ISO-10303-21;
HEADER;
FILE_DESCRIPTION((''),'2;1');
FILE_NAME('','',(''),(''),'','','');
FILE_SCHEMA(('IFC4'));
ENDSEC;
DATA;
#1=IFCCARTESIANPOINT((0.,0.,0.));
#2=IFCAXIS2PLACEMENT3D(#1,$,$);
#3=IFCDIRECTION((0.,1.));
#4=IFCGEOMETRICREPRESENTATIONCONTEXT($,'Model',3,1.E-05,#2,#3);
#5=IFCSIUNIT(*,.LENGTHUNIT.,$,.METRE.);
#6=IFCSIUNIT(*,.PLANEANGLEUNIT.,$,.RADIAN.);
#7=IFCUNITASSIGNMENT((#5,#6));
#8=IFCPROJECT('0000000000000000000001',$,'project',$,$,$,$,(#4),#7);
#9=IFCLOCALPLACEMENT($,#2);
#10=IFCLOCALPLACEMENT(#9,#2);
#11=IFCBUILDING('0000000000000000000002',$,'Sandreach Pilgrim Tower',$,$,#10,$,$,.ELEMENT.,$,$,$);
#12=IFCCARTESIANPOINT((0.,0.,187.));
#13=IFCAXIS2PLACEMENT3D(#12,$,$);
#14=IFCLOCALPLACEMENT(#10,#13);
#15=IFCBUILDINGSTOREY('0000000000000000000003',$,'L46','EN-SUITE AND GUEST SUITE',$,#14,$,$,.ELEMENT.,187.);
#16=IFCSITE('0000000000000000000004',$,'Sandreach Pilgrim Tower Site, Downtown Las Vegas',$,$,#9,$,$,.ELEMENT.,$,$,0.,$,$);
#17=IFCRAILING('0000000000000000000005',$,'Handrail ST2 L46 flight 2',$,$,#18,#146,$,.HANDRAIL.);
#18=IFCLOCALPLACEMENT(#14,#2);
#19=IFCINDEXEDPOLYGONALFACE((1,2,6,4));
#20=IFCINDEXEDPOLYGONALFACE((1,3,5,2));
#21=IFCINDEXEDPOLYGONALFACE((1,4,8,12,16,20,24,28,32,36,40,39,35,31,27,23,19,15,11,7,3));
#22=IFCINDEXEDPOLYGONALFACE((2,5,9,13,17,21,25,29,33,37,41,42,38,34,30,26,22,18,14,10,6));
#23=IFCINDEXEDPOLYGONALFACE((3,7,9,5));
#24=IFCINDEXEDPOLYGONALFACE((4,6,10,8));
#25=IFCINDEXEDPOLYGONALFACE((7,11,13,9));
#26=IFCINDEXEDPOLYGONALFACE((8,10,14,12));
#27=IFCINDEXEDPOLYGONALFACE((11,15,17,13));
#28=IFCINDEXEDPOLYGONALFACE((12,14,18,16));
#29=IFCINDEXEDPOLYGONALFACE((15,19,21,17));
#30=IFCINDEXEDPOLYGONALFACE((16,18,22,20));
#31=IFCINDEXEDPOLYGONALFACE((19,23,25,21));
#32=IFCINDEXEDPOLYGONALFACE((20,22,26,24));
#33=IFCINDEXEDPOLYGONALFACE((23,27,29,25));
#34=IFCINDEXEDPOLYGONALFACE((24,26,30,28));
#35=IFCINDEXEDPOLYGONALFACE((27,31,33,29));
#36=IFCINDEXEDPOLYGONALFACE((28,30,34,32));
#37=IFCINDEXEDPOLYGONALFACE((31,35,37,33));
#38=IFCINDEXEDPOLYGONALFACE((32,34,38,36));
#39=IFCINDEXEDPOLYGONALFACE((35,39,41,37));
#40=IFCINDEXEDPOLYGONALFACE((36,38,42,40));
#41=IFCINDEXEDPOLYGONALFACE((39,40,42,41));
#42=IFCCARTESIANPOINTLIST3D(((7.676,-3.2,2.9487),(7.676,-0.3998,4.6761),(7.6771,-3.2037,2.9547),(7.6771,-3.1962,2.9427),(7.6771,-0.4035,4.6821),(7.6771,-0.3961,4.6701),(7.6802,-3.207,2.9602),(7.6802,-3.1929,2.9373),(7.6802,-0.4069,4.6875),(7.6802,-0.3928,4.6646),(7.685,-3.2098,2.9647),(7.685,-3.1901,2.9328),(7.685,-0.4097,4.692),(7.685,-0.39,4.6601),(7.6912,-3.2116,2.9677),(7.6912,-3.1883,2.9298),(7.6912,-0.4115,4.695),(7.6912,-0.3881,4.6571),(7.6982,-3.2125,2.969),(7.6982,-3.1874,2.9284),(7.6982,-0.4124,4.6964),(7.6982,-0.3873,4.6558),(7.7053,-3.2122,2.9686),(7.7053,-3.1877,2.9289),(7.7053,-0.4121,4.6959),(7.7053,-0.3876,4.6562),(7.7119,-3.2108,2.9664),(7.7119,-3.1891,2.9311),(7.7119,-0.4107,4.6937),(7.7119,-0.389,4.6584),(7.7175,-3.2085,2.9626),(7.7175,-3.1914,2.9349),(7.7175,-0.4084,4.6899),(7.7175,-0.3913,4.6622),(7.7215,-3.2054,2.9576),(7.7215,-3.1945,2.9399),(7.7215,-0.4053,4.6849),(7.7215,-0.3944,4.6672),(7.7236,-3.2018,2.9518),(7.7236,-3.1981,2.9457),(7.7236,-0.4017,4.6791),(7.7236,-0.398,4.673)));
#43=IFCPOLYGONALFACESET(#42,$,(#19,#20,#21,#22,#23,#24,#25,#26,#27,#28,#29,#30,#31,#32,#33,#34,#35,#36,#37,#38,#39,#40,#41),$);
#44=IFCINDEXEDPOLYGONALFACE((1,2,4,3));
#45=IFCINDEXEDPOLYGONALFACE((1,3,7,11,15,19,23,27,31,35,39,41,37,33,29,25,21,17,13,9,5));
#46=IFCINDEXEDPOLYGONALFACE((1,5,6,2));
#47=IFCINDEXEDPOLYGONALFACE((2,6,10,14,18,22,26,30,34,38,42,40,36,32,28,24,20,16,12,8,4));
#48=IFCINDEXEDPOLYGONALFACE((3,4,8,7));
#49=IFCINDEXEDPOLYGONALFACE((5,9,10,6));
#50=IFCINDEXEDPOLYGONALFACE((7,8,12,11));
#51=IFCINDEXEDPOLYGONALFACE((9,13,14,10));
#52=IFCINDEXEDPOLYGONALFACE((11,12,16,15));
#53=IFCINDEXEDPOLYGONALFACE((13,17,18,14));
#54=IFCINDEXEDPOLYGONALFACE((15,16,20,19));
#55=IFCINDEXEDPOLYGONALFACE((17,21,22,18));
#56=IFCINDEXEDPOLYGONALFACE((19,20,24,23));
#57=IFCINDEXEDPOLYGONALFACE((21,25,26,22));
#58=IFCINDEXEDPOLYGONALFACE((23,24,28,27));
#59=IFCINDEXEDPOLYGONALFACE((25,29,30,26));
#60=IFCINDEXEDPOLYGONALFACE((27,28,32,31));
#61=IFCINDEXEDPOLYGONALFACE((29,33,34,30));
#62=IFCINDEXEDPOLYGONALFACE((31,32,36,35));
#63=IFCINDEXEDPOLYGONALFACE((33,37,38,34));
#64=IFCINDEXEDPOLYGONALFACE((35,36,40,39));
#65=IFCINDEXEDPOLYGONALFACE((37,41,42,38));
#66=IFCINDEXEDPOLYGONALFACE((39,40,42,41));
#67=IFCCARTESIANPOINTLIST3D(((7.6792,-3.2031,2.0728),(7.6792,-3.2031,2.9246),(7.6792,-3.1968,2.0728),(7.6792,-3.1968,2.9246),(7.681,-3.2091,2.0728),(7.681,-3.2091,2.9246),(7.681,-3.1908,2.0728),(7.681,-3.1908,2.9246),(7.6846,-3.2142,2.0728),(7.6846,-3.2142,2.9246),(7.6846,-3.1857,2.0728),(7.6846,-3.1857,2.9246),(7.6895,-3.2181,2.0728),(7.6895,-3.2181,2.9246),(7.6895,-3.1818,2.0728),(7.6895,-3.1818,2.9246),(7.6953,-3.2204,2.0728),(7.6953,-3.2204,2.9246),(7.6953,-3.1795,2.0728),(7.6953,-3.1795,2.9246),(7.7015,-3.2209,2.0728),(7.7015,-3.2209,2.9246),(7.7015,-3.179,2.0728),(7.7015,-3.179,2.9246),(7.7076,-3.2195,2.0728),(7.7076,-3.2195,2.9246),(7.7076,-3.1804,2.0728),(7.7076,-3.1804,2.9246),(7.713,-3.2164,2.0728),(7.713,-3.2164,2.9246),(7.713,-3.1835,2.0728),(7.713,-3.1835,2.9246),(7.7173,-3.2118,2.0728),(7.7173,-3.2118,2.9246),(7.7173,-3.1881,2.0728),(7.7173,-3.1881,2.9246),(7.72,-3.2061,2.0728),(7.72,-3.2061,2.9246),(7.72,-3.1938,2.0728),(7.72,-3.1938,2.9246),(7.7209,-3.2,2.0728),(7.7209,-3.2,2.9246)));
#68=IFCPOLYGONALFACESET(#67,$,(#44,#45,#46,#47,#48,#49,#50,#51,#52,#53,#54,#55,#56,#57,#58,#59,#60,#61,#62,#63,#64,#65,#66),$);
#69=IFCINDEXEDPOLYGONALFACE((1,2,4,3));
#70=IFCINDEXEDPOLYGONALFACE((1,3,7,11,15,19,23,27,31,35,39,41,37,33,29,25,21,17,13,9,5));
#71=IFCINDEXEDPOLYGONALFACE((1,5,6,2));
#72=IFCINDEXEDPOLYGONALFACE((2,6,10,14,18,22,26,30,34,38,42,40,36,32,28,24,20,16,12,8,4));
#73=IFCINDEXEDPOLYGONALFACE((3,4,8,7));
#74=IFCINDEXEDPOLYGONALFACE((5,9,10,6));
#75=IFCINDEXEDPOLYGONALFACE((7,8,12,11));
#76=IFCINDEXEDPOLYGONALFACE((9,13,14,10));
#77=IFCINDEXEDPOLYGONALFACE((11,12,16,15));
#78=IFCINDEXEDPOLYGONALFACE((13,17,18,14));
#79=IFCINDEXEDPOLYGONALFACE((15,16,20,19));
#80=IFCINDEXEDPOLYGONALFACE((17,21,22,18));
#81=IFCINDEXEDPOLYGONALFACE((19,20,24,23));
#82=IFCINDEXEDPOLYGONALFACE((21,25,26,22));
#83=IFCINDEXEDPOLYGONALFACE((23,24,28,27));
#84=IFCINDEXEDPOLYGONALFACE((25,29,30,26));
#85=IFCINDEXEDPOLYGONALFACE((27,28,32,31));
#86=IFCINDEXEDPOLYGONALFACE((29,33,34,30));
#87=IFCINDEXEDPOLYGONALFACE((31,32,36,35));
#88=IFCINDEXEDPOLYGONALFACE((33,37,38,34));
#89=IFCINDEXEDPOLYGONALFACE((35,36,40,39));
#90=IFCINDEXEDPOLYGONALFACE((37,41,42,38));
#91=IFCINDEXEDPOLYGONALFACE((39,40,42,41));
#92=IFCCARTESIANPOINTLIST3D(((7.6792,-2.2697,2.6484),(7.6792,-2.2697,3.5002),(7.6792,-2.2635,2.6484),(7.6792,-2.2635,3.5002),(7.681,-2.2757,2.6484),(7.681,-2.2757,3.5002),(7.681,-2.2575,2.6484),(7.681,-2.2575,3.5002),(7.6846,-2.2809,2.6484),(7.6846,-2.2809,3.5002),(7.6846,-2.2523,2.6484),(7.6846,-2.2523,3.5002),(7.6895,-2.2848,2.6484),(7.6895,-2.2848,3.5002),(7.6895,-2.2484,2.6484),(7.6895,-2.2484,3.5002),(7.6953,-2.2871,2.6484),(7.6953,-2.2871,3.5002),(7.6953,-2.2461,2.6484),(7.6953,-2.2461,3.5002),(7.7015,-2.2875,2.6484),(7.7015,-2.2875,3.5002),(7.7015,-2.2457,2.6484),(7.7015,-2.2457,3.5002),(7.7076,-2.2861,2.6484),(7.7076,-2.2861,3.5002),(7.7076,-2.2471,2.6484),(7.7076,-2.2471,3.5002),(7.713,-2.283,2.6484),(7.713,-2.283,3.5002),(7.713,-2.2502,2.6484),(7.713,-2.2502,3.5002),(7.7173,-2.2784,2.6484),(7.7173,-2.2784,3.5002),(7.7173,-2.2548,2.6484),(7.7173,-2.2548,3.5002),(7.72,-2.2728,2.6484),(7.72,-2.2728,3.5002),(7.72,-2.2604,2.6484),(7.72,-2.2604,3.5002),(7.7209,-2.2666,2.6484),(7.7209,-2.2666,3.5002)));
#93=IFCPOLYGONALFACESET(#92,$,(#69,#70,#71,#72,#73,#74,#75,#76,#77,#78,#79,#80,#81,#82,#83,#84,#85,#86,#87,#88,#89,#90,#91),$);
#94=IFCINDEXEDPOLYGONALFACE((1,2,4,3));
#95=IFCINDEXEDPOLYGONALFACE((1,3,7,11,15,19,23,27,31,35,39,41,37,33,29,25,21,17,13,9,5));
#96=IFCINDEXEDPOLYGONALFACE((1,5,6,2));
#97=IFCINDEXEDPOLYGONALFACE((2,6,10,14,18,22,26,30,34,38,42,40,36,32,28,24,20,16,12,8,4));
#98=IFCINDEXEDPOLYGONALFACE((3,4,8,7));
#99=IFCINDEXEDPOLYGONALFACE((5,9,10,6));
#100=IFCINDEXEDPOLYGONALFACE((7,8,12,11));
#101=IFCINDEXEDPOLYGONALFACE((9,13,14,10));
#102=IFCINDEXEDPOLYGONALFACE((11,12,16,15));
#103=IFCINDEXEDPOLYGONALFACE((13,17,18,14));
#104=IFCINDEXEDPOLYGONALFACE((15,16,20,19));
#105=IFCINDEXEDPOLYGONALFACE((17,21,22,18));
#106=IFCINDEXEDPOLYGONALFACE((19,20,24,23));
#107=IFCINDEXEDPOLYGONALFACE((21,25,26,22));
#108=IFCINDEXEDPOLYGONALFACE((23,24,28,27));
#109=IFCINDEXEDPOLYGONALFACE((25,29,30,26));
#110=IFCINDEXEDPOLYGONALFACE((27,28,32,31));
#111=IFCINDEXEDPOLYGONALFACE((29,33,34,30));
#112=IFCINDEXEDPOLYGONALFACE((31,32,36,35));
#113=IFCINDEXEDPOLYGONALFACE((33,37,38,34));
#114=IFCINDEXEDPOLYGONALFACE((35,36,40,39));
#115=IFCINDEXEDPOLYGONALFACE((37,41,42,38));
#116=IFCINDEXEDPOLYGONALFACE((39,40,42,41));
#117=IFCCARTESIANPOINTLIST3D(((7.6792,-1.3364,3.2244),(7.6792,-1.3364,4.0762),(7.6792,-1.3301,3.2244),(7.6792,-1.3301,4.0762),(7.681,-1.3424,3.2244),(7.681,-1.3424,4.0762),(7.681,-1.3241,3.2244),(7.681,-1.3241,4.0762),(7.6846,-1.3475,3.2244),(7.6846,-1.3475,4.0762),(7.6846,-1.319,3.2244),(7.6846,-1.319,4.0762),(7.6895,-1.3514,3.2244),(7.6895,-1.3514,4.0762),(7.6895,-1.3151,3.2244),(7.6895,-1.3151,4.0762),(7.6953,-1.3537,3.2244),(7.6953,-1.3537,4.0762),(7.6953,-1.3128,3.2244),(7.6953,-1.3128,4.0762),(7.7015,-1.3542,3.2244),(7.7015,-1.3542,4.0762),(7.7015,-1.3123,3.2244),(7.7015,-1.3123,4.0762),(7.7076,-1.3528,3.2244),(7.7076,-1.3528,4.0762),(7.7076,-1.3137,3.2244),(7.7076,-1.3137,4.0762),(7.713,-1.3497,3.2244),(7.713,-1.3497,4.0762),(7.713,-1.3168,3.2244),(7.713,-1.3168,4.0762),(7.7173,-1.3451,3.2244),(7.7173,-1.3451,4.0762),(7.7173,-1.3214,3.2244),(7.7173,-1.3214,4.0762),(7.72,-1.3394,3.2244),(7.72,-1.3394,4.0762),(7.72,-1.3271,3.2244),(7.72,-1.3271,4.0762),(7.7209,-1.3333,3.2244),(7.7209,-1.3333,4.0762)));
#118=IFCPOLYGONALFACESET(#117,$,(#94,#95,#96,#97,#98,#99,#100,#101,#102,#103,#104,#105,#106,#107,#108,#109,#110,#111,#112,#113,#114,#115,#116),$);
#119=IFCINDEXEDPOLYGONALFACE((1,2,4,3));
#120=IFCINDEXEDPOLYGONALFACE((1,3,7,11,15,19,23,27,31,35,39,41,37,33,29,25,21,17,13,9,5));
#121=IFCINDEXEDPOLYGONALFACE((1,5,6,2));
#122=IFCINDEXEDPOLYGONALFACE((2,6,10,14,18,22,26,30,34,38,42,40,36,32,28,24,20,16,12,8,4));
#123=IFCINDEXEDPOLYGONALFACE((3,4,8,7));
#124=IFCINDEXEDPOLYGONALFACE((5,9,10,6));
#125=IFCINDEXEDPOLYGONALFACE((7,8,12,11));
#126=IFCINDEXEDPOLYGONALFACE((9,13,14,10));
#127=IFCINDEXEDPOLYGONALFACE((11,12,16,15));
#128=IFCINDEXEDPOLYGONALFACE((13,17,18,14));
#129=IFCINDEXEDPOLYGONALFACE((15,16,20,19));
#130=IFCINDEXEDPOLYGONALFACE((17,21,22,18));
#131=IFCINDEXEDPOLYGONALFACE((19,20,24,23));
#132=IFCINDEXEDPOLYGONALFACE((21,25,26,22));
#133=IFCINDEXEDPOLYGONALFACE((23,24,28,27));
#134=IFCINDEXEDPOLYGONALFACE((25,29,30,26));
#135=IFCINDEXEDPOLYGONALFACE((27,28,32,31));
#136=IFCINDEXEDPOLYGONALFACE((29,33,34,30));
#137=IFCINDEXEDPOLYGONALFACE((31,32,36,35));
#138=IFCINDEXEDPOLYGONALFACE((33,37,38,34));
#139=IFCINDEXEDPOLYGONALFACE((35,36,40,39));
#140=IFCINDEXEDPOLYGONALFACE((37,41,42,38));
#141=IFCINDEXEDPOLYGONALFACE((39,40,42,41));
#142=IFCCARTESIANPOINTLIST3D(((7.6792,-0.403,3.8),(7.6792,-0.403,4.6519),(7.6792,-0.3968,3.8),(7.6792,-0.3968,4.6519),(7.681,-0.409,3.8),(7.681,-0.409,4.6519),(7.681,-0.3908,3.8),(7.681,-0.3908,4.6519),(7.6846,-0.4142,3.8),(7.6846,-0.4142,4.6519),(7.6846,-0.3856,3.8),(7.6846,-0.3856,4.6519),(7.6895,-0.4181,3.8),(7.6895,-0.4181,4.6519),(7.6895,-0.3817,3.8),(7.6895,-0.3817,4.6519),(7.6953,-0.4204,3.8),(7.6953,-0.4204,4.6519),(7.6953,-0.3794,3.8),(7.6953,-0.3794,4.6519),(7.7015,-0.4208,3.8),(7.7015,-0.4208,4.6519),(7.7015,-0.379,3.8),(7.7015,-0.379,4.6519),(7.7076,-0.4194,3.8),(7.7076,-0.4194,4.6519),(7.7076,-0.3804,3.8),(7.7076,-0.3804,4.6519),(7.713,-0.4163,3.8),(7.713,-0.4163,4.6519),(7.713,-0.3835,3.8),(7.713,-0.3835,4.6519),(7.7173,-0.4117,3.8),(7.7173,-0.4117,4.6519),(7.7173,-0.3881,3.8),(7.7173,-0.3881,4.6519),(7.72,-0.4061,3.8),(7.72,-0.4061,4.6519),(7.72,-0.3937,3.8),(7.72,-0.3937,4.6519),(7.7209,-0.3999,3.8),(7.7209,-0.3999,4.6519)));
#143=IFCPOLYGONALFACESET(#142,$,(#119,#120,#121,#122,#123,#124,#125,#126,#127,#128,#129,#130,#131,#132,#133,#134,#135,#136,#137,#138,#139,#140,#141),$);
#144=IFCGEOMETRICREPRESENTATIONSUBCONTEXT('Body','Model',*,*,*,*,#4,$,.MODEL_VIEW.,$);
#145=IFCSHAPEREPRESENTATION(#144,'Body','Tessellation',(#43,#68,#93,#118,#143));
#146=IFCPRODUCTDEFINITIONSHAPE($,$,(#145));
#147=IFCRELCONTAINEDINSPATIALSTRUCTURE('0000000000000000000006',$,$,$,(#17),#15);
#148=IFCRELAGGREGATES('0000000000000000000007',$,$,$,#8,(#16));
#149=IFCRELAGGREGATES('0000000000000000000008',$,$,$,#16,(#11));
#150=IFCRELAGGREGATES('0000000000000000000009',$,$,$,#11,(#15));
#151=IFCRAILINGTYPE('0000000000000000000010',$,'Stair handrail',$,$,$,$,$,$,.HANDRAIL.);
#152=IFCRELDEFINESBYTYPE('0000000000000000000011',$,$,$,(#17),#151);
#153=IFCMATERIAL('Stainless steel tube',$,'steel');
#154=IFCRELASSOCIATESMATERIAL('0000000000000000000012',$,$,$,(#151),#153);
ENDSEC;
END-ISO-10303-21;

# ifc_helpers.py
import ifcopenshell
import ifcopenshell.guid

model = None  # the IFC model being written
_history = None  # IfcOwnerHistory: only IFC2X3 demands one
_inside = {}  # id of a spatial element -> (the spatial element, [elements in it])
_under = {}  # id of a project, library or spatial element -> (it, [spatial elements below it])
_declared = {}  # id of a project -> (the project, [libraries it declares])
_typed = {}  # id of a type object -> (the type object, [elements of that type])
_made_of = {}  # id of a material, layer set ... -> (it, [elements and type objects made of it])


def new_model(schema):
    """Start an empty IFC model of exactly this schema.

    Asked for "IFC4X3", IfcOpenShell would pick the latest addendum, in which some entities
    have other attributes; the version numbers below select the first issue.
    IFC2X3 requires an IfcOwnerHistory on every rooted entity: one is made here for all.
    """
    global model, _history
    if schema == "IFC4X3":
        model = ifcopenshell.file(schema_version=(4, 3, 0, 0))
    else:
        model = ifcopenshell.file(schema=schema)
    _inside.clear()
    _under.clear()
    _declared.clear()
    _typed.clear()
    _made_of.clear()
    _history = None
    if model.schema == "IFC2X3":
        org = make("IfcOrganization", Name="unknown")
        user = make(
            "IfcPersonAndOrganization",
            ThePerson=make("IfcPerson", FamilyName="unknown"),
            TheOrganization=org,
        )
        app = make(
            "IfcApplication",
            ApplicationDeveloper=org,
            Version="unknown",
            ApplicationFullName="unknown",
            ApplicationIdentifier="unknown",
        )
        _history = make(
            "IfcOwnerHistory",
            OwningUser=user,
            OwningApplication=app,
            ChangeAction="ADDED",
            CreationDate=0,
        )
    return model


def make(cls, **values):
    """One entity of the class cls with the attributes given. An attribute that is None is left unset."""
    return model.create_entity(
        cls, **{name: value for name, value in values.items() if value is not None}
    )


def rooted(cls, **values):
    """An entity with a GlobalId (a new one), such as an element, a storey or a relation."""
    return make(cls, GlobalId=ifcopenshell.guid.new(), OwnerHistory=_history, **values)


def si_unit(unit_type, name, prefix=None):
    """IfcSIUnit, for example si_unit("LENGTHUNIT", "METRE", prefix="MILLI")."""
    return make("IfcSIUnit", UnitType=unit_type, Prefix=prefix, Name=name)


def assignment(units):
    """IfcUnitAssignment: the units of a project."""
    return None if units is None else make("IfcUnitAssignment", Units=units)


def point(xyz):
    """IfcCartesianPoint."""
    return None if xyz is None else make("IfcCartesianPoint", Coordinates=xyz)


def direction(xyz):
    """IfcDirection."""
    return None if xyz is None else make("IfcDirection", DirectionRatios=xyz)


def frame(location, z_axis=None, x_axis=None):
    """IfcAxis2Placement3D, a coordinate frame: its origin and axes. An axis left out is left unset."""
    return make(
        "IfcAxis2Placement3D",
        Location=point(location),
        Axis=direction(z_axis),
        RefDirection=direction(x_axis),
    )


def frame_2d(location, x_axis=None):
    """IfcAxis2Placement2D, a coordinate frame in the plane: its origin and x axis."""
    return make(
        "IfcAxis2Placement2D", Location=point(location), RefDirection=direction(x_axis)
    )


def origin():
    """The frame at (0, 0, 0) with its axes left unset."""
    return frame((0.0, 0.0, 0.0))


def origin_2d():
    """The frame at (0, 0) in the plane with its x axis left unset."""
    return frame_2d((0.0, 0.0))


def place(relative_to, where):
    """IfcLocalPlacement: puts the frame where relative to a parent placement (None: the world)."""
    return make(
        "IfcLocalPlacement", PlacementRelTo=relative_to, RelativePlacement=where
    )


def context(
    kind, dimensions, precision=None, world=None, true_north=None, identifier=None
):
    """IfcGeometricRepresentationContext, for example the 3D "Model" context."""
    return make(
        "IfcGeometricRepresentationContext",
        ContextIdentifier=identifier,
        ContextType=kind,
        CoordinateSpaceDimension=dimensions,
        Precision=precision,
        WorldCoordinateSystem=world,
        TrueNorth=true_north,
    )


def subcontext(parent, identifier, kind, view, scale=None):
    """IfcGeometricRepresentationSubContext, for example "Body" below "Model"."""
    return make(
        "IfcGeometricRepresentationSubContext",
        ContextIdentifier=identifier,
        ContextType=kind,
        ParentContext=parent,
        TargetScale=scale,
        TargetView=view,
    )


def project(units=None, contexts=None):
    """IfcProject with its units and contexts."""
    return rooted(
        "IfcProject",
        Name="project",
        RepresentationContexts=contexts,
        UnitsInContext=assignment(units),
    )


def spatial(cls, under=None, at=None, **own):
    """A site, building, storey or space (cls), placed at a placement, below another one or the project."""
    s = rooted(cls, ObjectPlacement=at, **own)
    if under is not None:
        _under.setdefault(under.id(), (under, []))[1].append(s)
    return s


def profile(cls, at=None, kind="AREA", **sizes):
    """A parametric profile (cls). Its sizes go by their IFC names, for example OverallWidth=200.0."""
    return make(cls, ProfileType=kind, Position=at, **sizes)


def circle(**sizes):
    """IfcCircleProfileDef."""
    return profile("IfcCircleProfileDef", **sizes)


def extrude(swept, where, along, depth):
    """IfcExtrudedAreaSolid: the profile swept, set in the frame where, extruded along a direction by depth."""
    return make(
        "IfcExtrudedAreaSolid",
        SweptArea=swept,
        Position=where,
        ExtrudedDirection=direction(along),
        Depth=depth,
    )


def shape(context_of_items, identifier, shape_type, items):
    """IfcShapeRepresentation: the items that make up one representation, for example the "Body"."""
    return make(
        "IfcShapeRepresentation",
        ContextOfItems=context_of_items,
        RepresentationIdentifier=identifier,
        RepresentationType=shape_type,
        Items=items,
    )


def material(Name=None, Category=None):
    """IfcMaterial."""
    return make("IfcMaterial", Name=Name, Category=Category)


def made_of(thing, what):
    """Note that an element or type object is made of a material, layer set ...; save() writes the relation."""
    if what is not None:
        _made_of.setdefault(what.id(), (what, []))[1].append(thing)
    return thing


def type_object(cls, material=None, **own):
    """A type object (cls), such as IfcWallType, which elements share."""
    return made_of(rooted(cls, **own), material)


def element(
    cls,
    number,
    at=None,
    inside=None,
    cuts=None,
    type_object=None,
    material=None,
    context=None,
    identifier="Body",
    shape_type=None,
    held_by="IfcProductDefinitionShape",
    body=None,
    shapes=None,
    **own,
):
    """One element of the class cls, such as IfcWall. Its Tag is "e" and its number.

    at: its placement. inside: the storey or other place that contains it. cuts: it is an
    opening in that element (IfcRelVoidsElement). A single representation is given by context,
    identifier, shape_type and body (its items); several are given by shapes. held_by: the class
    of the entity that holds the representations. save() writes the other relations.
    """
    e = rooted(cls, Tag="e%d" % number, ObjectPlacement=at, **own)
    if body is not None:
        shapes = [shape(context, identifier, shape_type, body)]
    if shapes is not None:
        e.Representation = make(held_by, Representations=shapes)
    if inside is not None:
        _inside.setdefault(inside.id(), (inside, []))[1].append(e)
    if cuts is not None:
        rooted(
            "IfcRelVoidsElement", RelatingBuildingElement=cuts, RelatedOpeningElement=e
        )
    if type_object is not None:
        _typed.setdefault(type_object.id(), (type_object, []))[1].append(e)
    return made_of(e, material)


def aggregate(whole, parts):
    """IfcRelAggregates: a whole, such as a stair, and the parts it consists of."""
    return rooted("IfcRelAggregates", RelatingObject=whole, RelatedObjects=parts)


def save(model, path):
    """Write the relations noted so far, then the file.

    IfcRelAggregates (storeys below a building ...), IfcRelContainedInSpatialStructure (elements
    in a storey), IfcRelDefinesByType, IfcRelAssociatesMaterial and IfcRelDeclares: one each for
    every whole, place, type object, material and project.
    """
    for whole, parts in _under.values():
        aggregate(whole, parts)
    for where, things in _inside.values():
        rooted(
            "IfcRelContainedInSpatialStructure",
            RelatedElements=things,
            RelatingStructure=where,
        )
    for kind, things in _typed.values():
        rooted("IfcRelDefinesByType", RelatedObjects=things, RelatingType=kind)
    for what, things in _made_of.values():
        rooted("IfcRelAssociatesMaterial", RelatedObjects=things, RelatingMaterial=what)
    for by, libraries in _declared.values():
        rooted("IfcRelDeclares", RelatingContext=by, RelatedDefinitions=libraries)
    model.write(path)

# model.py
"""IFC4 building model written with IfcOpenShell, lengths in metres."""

from ifc_helpers import new_model, si_unit, direction, frame, origin, origin_2d, place, context, subcontext, project, spatial, circle, extrude, material, type_object, element, save


model = new_model("IFC4")

# Units and contexts
model_context = context("Model", 3, precision=1e-05, world=origin(), true_north=direction((0.0, 1.0)))
body_context = subcontext(model_context, "Body", "Model", "MODEL_VIEW")
ifc_project = project(units=[si_unit("LENGTHUNIT", "METRE"), si_unit("PLANEANGLEUNIT", "RADIAN")], contexts=[model_context])

# Site, building, storey
site_placement = place(None, origin())
site = spatial("IfcSite", under=ifc_project, at=site_placement, Name="Sandreach Pilgrim Tower Site, Downtown Las Vegas", CompositionType="ELEMENT", RefElevation=0.0)
building_placement = place(site_placement, origin())
building = spatial("IfcBuilding", under=site, at=building_placement, Name="Sandreach Pilgrim Tower", CompositionType="ELEMENT")
storey_placement = place(building_placement, frame((0.0, 0.0, 187.0)))
storey = spatial("IfcBuildingStorey", under=building, at=storey_placement, Name="L46", Description="EN-SUITE AND GUEST SUITE", CompositionType="ELEMENT", Elevation=187.0)

# Railing
ifc_material_1 = material(Name="Stainless steel tube", Category="steel")
railing_type = type_object("IfcRailingType", Name="Stair handrail", PredefinedType="HANDRAIL", material=ifc_material_1)
for number, where, name in (
    (1, (7.7, -3.2, 2.0728), "Handrail ST2 L46 flight 2"),
):
    element("IfcRailing", number, at=place(storey_placement, frame(where)), inside=storey, type_object=railing_type, Name=name, PredefinedType="HANDRAIL", context=body_context, shape_type="SweptSolid", body=[
        extrude(circle(Radius=0.0239, at=origin_2d()), frame((0.0, 0.0, 0.876), z_axis=(0.0, 0.85109, 0.52502), x_axis=(-1.0, 0.0, 0.0)), (0.0, 0.0, 1.0), 3.29),
        extrude(circle(Radius=0.021, at=origin_2d()), origin(), (0.0, 0.0, 1.0), 0.8518),
        extrude(circle(Radius=0.021, at=origin_2d()), frame((0.0, 0.9333, 0.5757)), (0.0, 0.0, 1.0), 0.8518),
        extrude(circle(Radius=0.021, at=origin_2d()), frame((0.0, 1.8667, 1.1516)), (0.0, 0.0, 1.0), 0.8518),
        extrude(circle(Radius=0.021, at=origin_2d()), frame((0.0, 2.8, 1.7273)), (0.0, 0.0, 1.0), 0.8518),
    ])

save(model, "model.ifc")
